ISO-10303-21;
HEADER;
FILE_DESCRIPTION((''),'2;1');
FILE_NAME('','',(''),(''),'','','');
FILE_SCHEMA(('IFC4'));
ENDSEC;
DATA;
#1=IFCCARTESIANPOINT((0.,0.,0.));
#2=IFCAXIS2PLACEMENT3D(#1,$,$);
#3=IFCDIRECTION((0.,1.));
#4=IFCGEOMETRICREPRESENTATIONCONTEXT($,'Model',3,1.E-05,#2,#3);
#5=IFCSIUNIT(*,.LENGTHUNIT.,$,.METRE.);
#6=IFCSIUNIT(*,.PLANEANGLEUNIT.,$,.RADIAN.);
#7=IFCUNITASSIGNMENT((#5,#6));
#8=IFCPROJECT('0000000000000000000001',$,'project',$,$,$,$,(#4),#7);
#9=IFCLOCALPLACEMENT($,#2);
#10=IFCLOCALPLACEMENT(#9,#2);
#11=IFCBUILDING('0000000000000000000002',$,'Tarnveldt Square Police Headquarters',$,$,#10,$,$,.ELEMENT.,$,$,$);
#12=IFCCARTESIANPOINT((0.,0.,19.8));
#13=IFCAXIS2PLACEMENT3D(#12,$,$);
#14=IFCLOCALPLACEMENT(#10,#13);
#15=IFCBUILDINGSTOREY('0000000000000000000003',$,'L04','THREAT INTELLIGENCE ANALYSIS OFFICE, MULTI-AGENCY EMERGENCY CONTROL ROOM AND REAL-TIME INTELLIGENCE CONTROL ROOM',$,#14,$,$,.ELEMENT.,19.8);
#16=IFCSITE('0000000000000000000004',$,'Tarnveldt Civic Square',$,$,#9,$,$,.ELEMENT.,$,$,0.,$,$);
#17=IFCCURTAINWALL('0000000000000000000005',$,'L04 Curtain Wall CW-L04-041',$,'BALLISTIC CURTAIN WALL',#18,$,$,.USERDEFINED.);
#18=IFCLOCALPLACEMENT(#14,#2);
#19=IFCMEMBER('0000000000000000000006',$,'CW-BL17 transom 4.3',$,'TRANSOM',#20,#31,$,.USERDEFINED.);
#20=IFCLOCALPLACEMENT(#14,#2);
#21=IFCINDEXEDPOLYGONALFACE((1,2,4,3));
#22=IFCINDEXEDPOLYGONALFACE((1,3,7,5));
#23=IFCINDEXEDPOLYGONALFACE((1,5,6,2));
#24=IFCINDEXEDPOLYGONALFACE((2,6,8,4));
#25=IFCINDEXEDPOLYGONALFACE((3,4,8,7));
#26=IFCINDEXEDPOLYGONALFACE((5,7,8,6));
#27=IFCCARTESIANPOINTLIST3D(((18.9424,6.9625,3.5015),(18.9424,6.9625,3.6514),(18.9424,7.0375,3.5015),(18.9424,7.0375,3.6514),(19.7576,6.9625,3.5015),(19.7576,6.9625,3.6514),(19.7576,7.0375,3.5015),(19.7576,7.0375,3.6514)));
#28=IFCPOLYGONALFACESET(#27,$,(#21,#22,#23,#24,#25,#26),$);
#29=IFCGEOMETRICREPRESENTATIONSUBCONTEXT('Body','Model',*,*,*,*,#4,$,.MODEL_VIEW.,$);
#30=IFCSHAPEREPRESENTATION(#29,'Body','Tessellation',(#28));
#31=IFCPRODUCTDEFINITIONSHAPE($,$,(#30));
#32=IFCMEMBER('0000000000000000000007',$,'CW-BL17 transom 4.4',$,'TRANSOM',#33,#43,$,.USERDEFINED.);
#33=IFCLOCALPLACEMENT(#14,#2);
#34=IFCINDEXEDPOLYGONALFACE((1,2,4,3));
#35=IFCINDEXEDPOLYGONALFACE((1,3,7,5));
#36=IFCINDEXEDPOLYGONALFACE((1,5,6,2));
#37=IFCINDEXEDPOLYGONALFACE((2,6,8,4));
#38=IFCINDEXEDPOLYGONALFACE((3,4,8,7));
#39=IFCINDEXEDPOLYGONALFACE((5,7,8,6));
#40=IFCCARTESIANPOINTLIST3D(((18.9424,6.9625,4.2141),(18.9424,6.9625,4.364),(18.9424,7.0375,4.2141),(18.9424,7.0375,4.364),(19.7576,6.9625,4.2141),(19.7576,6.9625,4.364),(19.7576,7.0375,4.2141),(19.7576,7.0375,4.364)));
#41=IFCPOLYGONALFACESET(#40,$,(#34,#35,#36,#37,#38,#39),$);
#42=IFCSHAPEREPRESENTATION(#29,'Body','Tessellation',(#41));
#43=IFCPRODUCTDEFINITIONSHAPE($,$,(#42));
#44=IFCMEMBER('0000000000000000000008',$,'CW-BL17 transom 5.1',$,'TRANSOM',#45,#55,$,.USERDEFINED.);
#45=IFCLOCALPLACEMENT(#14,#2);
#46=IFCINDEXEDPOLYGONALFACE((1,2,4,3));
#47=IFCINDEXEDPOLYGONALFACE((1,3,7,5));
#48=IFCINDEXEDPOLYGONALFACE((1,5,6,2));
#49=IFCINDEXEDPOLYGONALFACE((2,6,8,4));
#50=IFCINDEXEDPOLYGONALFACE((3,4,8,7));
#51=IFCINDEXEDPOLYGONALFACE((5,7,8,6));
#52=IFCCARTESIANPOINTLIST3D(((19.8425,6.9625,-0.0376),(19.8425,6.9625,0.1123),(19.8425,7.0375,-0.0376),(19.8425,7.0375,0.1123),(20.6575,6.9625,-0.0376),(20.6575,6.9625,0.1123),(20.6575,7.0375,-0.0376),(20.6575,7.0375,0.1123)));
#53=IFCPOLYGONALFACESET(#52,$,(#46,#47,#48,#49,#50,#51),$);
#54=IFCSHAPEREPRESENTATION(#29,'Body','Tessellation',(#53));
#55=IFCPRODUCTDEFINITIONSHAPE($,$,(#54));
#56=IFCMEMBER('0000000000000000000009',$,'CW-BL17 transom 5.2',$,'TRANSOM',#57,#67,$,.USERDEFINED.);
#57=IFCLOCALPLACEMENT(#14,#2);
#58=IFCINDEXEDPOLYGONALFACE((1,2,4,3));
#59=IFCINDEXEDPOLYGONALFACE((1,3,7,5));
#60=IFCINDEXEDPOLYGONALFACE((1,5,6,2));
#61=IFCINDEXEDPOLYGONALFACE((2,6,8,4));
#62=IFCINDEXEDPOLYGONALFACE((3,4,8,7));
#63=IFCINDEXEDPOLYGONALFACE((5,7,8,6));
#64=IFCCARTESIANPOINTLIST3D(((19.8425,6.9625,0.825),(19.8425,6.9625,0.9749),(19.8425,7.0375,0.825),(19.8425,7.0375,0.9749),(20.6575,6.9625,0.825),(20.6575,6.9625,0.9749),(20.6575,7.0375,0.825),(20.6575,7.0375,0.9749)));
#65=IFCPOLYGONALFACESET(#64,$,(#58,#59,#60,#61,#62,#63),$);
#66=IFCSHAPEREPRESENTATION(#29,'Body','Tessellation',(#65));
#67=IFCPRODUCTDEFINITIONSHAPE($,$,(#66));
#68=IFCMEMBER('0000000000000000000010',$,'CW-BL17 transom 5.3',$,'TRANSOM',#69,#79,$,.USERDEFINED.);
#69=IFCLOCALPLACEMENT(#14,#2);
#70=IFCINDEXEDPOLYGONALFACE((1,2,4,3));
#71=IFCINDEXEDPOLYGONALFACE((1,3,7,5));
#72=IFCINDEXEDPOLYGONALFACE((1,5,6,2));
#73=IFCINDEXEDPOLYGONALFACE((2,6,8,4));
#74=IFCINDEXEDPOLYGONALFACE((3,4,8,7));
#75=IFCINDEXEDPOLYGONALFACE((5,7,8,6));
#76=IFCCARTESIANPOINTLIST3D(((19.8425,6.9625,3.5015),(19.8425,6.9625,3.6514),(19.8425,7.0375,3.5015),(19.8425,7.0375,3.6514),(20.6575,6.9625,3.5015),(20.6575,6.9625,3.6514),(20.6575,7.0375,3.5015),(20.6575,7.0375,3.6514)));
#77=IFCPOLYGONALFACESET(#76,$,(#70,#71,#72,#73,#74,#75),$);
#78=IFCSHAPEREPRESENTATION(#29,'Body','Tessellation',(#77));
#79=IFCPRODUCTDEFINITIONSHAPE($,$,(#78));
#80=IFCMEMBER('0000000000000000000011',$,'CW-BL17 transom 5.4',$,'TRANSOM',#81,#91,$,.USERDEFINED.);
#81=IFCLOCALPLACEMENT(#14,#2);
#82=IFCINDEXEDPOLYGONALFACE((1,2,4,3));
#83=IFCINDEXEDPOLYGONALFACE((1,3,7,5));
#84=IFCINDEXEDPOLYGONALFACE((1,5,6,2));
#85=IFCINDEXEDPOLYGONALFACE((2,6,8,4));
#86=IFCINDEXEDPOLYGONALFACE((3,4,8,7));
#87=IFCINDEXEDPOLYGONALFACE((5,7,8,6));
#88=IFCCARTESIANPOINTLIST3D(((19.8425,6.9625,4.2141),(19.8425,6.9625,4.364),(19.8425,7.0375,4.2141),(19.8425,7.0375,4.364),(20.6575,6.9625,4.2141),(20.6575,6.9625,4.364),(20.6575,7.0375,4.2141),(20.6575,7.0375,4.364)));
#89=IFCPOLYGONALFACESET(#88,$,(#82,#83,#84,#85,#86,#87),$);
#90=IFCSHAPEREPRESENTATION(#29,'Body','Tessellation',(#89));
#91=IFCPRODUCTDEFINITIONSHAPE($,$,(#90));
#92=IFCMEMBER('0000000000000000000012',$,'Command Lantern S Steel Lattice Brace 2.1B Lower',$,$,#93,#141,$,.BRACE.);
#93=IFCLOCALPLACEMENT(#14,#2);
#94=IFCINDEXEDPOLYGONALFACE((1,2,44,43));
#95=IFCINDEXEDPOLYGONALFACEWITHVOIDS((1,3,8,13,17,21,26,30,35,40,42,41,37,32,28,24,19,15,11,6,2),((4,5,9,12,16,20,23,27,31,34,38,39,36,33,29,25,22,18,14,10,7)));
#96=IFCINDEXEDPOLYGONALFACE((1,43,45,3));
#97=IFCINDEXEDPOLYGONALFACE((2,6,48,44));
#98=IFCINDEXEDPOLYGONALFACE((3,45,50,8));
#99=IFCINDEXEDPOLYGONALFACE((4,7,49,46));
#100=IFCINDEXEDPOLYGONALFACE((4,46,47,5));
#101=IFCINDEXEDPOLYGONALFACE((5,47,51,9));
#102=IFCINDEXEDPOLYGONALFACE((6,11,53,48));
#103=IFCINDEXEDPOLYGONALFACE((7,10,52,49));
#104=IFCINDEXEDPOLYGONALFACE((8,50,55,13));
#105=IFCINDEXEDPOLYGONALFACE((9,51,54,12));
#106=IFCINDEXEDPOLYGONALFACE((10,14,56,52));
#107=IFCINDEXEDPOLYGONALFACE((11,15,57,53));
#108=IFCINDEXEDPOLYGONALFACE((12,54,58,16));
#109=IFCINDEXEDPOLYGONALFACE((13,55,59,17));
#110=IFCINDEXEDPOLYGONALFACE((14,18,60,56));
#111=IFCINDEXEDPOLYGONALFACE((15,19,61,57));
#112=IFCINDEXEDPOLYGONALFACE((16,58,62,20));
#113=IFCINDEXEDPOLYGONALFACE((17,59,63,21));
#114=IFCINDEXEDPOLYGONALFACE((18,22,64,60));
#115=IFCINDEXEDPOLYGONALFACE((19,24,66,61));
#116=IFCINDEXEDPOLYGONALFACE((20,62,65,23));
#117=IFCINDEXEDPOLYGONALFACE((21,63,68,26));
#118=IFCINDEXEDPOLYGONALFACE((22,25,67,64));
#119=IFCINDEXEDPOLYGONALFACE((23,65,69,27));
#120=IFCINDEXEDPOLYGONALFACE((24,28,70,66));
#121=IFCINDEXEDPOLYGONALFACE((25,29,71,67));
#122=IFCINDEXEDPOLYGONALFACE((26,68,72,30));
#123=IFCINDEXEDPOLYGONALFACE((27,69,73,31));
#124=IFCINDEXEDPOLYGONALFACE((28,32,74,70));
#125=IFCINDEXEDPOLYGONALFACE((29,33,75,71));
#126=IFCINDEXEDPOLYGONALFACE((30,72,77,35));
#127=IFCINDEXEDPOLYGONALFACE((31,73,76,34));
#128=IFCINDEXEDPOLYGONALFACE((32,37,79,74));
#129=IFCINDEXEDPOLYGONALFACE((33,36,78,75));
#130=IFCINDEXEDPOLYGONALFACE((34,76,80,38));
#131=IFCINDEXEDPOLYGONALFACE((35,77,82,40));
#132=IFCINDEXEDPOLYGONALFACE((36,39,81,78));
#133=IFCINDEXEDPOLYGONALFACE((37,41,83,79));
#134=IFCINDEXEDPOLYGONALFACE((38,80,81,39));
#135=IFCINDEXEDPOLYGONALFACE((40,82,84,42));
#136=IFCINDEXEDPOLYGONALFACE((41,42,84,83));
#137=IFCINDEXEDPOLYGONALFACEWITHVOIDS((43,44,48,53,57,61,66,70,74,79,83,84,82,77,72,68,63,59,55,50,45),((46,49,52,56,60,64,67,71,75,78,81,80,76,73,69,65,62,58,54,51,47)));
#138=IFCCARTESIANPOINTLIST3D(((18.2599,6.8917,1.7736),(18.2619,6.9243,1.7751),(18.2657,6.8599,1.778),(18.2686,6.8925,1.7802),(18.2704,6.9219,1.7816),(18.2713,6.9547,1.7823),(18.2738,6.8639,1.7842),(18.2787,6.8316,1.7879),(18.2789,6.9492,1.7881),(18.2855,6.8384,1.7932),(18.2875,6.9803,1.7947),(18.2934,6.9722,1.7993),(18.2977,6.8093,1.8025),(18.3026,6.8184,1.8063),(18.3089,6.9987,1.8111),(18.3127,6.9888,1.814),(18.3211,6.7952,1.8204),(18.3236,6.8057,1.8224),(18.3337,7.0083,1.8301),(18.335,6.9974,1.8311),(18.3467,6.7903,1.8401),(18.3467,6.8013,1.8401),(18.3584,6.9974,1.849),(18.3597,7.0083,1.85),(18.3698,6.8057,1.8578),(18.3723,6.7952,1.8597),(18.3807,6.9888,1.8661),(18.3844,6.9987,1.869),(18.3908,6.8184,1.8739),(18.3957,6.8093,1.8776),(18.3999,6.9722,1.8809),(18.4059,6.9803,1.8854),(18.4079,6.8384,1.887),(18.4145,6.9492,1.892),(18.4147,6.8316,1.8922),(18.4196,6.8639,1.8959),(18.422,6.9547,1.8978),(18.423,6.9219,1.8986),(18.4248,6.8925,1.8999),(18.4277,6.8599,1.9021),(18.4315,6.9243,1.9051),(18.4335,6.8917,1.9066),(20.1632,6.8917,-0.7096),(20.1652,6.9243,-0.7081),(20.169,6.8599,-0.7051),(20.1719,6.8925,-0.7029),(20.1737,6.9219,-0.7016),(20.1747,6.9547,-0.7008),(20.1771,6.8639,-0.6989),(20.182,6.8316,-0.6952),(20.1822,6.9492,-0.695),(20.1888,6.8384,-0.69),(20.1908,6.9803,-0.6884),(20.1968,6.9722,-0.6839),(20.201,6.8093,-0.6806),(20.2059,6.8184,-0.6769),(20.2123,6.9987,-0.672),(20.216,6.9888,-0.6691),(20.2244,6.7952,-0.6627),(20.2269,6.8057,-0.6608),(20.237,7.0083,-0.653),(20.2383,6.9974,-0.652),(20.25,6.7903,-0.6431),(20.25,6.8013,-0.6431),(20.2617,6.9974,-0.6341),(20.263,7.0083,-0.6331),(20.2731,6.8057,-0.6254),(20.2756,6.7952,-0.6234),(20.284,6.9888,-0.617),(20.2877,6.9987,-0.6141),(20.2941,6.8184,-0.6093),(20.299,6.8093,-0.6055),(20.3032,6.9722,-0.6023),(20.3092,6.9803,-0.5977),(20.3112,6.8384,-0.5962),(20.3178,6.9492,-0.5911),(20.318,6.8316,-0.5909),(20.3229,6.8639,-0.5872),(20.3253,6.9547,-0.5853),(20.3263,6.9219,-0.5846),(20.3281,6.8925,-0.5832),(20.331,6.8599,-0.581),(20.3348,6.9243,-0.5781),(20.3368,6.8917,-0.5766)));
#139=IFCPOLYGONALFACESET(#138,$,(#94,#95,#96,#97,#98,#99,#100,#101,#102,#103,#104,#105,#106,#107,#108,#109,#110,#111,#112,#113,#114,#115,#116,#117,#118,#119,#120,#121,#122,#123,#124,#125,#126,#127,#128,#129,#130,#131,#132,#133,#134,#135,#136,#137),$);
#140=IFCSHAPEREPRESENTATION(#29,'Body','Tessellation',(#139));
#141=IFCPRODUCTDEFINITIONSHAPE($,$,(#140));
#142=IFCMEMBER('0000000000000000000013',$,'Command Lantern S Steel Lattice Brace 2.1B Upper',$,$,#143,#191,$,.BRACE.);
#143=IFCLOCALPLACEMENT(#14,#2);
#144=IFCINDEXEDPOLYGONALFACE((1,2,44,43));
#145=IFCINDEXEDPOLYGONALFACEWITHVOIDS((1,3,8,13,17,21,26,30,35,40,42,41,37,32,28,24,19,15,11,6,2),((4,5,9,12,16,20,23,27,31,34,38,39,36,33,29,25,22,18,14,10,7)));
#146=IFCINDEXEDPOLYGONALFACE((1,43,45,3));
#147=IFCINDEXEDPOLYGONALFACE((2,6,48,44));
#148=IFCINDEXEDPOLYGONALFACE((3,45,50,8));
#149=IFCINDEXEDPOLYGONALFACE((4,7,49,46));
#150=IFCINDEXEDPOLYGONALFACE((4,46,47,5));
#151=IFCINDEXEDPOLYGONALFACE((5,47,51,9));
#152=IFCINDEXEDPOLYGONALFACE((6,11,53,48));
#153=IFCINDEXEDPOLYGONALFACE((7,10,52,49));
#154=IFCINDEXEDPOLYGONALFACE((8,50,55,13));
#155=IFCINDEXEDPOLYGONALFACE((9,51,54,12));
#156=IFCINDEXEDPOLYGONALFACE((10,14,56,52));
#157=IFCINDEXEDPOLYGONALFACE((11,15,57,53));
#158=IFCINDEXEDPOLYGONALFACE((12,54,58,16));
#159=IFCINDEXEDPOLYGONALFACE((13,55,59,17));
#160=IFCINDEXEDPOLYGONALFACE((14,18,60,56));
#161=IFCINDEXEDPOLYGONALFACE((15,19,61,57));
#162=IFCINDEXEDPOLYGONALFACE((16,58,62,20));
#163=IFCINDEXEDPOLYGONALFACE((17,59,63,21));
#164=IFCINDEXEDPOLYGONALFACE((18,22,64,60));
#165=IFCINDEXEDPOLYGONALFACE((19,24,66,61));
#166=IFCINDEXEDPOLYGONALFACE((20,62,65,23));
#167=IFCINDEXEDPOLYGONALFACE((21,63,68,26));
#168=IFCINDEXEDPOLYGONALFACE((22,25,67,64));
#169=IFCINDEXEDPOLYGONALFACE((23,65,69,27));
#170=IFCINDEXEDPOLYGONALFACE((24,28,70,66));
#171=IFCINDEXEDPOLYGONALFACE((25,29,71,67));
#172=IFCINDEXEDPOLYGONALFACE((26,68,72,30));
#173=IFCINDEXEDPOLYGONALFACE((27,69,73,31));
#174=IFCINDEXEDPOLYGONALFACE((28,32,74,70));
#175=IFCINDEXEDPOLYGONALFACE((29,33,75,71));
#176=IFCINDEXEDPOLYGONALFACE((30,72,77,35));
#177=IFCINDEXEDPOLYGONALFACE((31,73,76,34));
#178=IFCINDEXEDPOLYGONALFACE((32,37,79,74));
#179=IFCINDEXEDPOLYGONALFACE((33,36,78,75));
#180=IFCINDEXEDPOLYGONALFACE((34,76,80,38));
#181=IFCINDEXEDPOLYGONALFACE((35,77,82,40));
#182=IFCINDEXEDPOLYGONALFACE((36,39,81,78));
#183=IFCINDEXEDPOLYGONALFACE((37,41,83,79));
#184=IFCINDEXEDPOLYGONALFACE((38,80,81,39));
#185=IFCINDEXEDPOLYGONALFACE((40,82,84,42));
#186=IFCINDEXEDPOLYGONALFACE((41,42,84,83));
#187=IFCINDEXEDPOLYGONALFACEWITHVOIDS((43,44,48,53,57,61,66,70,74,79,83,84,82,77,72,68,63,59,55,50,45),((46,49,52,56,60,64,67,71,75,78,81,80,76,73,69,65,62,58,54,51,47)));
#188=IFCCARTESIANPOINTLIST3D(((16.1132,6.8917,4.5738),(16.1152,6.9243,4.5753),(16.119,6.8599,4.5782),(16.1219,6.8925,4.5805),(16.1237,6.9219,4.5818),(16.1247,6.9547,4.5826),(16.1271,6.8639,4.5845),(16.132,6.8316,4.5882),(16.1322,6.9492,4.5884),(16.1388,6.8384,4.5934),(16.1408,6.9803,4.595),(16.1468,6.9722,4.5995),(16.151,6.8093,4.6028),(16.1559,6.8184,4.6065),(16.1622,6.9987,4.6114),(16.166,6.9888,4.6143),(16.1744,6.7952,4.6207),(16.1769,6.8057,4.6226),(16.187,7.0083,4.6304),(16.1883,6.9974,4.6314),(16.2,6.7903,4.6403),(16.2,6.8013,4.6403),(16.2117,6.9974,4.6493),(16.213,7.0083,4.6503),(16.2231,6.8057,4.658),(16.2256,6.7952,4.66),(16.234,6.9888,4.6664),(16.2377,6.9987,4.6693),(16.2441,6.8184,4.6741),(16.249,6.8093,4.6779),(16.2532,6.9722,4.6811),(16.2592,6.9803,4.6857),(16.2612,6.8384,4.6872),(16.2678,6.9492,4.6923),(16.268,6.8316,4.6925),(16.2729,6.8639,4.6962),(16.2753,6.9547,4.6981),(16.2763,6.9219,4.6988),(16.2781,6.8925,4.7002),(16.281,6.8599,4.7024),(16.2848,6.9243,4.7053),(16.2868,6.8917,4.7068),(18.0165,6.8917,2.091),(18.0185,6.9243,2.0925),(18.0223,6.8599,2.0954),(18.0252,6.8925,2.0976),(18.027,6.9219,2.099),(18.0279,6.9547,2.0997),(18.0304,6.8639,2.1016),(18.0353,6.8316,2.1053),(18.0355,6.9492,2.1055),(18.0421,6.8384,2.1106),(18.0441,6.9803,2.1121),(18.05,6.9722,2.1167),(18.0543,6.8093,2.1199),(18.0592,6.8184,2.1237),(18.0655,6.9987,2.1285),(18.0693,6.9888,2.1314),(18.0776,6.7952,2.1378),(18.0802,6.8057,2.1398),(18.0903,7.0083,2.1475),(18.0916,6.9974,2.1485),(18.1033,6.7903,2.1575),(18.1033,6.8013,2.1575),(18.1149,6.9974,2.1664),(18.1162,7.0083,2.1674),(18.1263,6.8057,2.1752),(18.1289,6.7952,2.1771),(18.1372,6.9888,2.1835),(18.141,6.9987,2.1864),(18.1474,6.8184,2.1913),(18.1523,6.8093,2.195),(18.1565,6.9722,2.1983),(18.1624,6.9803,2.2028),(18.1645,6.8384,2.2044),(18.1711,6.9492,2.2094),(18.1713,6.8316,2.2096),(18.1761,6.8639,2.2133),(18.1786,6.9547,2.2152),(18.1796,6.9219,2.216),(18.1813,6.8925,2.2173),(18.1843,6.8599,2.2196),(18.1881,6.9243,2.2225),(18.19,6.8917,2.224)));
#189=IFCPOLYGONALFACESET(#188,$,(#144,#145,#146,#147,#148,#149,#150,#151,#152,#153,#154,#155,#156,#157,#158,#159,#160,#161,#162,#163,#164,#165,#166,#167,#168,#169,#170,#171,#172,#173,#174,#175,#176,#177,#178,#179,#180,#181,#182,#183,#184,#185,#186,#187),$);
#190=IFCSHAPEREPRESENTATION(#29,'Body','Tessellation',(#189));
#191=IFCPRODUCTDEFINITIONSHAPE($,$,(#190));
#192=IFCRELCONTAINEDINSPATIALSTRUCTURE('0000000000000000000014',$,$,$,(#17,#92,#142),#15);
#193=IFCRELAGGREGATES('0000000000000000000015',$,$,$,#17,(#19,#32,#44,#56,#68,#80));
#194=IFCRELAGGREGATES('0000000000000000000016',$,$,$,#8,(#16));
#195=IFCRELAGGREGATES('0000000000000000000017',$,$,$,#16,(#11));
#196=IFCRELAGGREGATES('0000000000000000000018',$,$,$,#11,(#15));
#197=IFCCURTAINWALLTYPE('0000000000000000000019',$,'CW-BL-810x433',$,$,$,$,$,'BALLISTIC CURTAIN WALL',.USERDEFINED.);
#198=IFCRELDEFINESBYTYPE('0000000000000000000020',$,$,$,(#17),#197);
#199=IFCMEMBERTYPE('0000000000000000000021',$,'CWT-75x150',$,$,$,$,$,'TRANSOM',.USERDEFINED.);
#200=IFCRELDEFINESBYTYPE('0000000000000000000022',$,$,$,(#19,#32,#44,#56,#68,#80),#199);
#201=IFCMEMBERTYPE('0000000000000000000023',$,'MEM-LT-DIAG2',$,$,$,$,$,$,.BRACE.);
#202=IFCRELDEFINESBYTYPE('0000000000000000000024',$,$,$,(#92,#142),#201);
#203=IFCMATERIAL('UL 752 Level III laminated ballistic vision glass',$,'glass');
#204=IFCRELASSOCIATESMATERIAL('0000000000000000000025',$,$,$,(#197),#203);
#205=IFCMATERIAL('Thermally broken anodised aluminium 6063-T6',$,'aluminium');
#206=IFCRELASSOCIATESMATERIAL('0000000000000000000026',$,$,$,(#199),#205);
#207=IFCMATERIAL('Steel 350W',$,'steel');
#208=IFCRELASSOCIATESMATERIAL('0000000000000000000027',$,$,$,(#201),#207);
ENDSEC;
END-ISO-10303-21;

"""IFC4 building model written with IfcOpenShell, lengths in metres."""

from ifc_helpers import new_model, si_unit, direction, frame, origin, origin_2d, place, context, subcontext, project, spatial, rectangle, hollow_circle, extrude, material, material_profile, profile_set, type_object, element, aggregate, save


model = new_model("IFC4")

# Units and contexts
model_context = context("Model", 3, precision=1e-05, world=origin(), true_north=direction((0.0, 1.0)))
body_context = subcontext(model_context, "Body", "Model", "MODEL_VIEW")
ifc_project = project(units=[si_unit("LENGTHUNIT", "METRE"), si_unit("PLANEANGLEUNIT", "RADIAN")], contexts=[model_context])

# Site, building, storey
site_placement = place(None, origin())
site = spatial("IfcSite", under=ifc_project, at=site_placement, Name="Tarnveldt Civic Square", CompositionType="ELEMENT", RefElevation=0.0)
building_placement = place(site_placement, origin())
building = spatial("IfcBuilding", under=site, at=building_placement, Name="Tarnveldt Square Police Headquarters", CompositionType="ELEMENT")
storey_placement = place(building_placement, frame((0.0, 0.0, 19.8)))
storey = spatial("IfcBuildingStorey", under=building, at=storey_placement, Name="L04", Description="THREAT INTELLIGENCE ANALYSIS OFFICE, MULTI-AGENCY EMERGENCY CONTROL ROOM AND REAL-TIME INTELLIGENCE CONTROL ROOM", CompositionType="ELEMENT", Elevation=19.8)

# Curtain wall, members
ifc_material_1 = material(Name="UL 752 Level III laminated ballistic vision glass", Category="glass")
curtain_wall_type = type_object("IfcCurtainWallType", Name="CW-BL-810x433", ElementType="BALLISTIC CURTAIN WALL", PredefinedType="USERDEFINED", material=ifc_material_1)
curtain_wall_placement = place(storey_placement, origin())
curtain_wall = element("IfcCurtainWall", 1, at=curtain_wall_placement, inside=storey, type_object=curtain_wall_type, Name="L04 Curtain Wall CW-L04-041", ObjectType="BALLISTIC CURTAIN WALL", PredefinedType="USERDEFINED")
ifc_material_2 = material(Name="Thermally broken anodised aluminium 6063-T6", Category="aluminium")
ifc_material_profile_1 = material_profile(ifc_material_2, rectangle(XDim=0.075, YDim=0.1499, at=origin_2d()), Name="CW-T75x150")
ifc_profile_set_1 = profile_set([ifc_material_profile_1], Name="Thermally broken anodised aluminium 6063-T6")
member_type_1 = type_object("IfcMemberType", Name="CWT-75x150", ElementType="TRANSOM", PredefinedType="USERDEFINED", material=ifc_profile_set_1)
member_1_placement = place(storey_placement, frame((18.9424, 7.0, 3.5764), z_axis=(1.0, 0.0, 0.0), x_axis=(0.0, 1.0, 0.0)))
member_1 = element("IfcMember", 2, at=member_1_placement, type_object=member_type_1, Name="CW-BL17 transom 4.3", ObjectType="TRANSOM", PredefinedType="USERDEFINED", context=body_context, shape_type="SweptSolid", body=[
    extrude(rectangle(XDim=0.075, YDim=0.1499, at=origin_2d()), origin(), (0.0, 0.0, 1.0), 0.8152),
])
member_2_placement = place(storey_placement, frame((18.9424, 7.0, 4.2891), z_axis=(1.0, 0.0, 0.0), x_axis=(0.0, 1.0, 0.0)))
member_2 = element("IfcMember", 3, at=member_2_placement, type_object=member_type_1, Name="CW-BL17 transom 4.4", ObjectType="TRANSOM", PredefinedType="USERDEFINED", context=body_context, shape_type="SweptSolid", body=[
    extrude(rectangle(XDim=0.075, YDim=0.1499, at=origin_2d()), origin(), (0.0, 0.0, 1.0), 0.8152),
])
member_3_placement = place(storey_placement, frame((19.8425, 7.0, 0.0374), z_axis=(1.0, 0.0, 0.0), x_axis=(0.0, 1.0, 0.0)))
member_3 = element("IfcMember", 4, at=member_3_placement, type_object=member_type_1, Name="CW-BL17 transom 5.1", ObjectType="TRANSOM", PredefinedType="USERDEFINED", context=body_context, shape_type="SweptSolid", body=[
    extrude(rectangle(XDim=0.075, YDim=0.1499, at=origin_2d()), origin(), (0.0, 0.0, 1.0), 0.8149),
])
member_4_placement = place(storey_placement, frame((19.8425, 7.0, 0.8999), z_axis=(1.0, 0.0, 0.0), x_axis=(0.0, 1.0, 0.0)))
member_4 = element("IfcMember", 5, at=member_4_placement, type_object=member_type_1, Name="CW-BL17 transom 5.2", ObjectType="TRANSOM", PredefinedType="USERDEFINED", context=body_context, shape_type="SweptSolid", body=[
    extrude(rectangle(XDim=0.075, YDim=0.1499, at=origin_2d()), origin(), (0.0, 0.0, 1.0), 0.8149),
])
member_5_placement = place(storey_placement, frame((19.8425, 7.0, 3.5764), z_axis=(1.0, 0.0, 0.0), x_axis=(0.0, 1.0, 0.0)))
member_5 = element("IfcMember", 6, at=member_5_placement, type_object=member_type_1, Name="CW-BL17 transom 5.3", ObjectType="TRANSOM", PredefinedType="USERDEFINED", context=body_context, shape_type="SweptSolid", body=[
    extrude(rectangle(XDim=0.075, YDim=0.1499, at=origin_2d()), origin(), (0.0, 0.0, 1.0), 0.8149),
])
member_6_placement = place(storey_placement, frame((19.8425, 7.0, 4.2891), z_axis=(1.0, 0.0, 0.0), x_axis=(0.0, 1.0, 0.0)))
member_6 = element("IfcMember", 7, at=member_6_placement, type_object=member_type_1, Name="CW-BL17 transom 5.4", ObjectType="TRANSOM", PredefinedType="USERDEFINED", context=body_context, shape_type="SweptSolid", body=[
    extrude(rectangle(XDim=0.075, YDim=0.1499, at=origin_2d()), origin(), (0.0, 0.0, 1.0), 0.8149),
])

# Members
ifc_material_3 = material(Name="Steel 350W", Category="steel")
ifc_material_profile_2 = material_profile(ifc_material_3, hollow_circle(Radius=0.1096, WallThickness=0.011, at=origin_2d()), Name="HSS219x11")
ifc_profile_set_2 = profile_set([ifc_material_profile_2], Name="Steel 350W")
member_type_2 = type_object("IfcMemberType", Name="MEM-LT-DIAG2", PredefinedType="BRACE", material=ifc_profile_set_2)
member_7_placement = place(storey_placement, frame((20.25, 6.8999, -0.6431), z_axis=(-0.608345, 0.0, 0.793673), x_axis=(0.0, -1.0, 0.0)))
element("IfcMember", 8, at=member_7_placement, inside=storey, type_object=member_type_2, Name="Command Lantern S Steel Lattice Brace 2.1B Lower", PredefinedType="BRACE", context=body_context, shape_type="SweptSolid", body=[
    extrude(hollow_circle(Radius=0.1096, WallThickness=0.011, at=origin_2d()), origin(), (0.0, 0.0, 1.0), 3.1287),
])
member_8_placement = place(storey_placement, frame((18.1033, 6.8999, 2.1575), z_axis=(-0.608382, 0.0, 0.793644), x_axis=(0.0, -1.0, 0.0)))
element("IfcMember", 9, at=member_8_placement, inside=storey, type_object=member_type_2, Name="Command Lantern S Steel Lattice Brace 2.1B Upper", PredefinedType="BRACE", context=body_context, shape_type="SweptSolid", body=[
    extrude(hollow_circle(Radius=0.1096, WallThickness=0.011, at=origin_2d()), origin(), (0.0, 0.0, 1.0), 3.1284),
])

aggregate(curtain_wall, [member_1, member_2, member_3, member_4, member_5, member_6])

save(model, "model.ifc")
